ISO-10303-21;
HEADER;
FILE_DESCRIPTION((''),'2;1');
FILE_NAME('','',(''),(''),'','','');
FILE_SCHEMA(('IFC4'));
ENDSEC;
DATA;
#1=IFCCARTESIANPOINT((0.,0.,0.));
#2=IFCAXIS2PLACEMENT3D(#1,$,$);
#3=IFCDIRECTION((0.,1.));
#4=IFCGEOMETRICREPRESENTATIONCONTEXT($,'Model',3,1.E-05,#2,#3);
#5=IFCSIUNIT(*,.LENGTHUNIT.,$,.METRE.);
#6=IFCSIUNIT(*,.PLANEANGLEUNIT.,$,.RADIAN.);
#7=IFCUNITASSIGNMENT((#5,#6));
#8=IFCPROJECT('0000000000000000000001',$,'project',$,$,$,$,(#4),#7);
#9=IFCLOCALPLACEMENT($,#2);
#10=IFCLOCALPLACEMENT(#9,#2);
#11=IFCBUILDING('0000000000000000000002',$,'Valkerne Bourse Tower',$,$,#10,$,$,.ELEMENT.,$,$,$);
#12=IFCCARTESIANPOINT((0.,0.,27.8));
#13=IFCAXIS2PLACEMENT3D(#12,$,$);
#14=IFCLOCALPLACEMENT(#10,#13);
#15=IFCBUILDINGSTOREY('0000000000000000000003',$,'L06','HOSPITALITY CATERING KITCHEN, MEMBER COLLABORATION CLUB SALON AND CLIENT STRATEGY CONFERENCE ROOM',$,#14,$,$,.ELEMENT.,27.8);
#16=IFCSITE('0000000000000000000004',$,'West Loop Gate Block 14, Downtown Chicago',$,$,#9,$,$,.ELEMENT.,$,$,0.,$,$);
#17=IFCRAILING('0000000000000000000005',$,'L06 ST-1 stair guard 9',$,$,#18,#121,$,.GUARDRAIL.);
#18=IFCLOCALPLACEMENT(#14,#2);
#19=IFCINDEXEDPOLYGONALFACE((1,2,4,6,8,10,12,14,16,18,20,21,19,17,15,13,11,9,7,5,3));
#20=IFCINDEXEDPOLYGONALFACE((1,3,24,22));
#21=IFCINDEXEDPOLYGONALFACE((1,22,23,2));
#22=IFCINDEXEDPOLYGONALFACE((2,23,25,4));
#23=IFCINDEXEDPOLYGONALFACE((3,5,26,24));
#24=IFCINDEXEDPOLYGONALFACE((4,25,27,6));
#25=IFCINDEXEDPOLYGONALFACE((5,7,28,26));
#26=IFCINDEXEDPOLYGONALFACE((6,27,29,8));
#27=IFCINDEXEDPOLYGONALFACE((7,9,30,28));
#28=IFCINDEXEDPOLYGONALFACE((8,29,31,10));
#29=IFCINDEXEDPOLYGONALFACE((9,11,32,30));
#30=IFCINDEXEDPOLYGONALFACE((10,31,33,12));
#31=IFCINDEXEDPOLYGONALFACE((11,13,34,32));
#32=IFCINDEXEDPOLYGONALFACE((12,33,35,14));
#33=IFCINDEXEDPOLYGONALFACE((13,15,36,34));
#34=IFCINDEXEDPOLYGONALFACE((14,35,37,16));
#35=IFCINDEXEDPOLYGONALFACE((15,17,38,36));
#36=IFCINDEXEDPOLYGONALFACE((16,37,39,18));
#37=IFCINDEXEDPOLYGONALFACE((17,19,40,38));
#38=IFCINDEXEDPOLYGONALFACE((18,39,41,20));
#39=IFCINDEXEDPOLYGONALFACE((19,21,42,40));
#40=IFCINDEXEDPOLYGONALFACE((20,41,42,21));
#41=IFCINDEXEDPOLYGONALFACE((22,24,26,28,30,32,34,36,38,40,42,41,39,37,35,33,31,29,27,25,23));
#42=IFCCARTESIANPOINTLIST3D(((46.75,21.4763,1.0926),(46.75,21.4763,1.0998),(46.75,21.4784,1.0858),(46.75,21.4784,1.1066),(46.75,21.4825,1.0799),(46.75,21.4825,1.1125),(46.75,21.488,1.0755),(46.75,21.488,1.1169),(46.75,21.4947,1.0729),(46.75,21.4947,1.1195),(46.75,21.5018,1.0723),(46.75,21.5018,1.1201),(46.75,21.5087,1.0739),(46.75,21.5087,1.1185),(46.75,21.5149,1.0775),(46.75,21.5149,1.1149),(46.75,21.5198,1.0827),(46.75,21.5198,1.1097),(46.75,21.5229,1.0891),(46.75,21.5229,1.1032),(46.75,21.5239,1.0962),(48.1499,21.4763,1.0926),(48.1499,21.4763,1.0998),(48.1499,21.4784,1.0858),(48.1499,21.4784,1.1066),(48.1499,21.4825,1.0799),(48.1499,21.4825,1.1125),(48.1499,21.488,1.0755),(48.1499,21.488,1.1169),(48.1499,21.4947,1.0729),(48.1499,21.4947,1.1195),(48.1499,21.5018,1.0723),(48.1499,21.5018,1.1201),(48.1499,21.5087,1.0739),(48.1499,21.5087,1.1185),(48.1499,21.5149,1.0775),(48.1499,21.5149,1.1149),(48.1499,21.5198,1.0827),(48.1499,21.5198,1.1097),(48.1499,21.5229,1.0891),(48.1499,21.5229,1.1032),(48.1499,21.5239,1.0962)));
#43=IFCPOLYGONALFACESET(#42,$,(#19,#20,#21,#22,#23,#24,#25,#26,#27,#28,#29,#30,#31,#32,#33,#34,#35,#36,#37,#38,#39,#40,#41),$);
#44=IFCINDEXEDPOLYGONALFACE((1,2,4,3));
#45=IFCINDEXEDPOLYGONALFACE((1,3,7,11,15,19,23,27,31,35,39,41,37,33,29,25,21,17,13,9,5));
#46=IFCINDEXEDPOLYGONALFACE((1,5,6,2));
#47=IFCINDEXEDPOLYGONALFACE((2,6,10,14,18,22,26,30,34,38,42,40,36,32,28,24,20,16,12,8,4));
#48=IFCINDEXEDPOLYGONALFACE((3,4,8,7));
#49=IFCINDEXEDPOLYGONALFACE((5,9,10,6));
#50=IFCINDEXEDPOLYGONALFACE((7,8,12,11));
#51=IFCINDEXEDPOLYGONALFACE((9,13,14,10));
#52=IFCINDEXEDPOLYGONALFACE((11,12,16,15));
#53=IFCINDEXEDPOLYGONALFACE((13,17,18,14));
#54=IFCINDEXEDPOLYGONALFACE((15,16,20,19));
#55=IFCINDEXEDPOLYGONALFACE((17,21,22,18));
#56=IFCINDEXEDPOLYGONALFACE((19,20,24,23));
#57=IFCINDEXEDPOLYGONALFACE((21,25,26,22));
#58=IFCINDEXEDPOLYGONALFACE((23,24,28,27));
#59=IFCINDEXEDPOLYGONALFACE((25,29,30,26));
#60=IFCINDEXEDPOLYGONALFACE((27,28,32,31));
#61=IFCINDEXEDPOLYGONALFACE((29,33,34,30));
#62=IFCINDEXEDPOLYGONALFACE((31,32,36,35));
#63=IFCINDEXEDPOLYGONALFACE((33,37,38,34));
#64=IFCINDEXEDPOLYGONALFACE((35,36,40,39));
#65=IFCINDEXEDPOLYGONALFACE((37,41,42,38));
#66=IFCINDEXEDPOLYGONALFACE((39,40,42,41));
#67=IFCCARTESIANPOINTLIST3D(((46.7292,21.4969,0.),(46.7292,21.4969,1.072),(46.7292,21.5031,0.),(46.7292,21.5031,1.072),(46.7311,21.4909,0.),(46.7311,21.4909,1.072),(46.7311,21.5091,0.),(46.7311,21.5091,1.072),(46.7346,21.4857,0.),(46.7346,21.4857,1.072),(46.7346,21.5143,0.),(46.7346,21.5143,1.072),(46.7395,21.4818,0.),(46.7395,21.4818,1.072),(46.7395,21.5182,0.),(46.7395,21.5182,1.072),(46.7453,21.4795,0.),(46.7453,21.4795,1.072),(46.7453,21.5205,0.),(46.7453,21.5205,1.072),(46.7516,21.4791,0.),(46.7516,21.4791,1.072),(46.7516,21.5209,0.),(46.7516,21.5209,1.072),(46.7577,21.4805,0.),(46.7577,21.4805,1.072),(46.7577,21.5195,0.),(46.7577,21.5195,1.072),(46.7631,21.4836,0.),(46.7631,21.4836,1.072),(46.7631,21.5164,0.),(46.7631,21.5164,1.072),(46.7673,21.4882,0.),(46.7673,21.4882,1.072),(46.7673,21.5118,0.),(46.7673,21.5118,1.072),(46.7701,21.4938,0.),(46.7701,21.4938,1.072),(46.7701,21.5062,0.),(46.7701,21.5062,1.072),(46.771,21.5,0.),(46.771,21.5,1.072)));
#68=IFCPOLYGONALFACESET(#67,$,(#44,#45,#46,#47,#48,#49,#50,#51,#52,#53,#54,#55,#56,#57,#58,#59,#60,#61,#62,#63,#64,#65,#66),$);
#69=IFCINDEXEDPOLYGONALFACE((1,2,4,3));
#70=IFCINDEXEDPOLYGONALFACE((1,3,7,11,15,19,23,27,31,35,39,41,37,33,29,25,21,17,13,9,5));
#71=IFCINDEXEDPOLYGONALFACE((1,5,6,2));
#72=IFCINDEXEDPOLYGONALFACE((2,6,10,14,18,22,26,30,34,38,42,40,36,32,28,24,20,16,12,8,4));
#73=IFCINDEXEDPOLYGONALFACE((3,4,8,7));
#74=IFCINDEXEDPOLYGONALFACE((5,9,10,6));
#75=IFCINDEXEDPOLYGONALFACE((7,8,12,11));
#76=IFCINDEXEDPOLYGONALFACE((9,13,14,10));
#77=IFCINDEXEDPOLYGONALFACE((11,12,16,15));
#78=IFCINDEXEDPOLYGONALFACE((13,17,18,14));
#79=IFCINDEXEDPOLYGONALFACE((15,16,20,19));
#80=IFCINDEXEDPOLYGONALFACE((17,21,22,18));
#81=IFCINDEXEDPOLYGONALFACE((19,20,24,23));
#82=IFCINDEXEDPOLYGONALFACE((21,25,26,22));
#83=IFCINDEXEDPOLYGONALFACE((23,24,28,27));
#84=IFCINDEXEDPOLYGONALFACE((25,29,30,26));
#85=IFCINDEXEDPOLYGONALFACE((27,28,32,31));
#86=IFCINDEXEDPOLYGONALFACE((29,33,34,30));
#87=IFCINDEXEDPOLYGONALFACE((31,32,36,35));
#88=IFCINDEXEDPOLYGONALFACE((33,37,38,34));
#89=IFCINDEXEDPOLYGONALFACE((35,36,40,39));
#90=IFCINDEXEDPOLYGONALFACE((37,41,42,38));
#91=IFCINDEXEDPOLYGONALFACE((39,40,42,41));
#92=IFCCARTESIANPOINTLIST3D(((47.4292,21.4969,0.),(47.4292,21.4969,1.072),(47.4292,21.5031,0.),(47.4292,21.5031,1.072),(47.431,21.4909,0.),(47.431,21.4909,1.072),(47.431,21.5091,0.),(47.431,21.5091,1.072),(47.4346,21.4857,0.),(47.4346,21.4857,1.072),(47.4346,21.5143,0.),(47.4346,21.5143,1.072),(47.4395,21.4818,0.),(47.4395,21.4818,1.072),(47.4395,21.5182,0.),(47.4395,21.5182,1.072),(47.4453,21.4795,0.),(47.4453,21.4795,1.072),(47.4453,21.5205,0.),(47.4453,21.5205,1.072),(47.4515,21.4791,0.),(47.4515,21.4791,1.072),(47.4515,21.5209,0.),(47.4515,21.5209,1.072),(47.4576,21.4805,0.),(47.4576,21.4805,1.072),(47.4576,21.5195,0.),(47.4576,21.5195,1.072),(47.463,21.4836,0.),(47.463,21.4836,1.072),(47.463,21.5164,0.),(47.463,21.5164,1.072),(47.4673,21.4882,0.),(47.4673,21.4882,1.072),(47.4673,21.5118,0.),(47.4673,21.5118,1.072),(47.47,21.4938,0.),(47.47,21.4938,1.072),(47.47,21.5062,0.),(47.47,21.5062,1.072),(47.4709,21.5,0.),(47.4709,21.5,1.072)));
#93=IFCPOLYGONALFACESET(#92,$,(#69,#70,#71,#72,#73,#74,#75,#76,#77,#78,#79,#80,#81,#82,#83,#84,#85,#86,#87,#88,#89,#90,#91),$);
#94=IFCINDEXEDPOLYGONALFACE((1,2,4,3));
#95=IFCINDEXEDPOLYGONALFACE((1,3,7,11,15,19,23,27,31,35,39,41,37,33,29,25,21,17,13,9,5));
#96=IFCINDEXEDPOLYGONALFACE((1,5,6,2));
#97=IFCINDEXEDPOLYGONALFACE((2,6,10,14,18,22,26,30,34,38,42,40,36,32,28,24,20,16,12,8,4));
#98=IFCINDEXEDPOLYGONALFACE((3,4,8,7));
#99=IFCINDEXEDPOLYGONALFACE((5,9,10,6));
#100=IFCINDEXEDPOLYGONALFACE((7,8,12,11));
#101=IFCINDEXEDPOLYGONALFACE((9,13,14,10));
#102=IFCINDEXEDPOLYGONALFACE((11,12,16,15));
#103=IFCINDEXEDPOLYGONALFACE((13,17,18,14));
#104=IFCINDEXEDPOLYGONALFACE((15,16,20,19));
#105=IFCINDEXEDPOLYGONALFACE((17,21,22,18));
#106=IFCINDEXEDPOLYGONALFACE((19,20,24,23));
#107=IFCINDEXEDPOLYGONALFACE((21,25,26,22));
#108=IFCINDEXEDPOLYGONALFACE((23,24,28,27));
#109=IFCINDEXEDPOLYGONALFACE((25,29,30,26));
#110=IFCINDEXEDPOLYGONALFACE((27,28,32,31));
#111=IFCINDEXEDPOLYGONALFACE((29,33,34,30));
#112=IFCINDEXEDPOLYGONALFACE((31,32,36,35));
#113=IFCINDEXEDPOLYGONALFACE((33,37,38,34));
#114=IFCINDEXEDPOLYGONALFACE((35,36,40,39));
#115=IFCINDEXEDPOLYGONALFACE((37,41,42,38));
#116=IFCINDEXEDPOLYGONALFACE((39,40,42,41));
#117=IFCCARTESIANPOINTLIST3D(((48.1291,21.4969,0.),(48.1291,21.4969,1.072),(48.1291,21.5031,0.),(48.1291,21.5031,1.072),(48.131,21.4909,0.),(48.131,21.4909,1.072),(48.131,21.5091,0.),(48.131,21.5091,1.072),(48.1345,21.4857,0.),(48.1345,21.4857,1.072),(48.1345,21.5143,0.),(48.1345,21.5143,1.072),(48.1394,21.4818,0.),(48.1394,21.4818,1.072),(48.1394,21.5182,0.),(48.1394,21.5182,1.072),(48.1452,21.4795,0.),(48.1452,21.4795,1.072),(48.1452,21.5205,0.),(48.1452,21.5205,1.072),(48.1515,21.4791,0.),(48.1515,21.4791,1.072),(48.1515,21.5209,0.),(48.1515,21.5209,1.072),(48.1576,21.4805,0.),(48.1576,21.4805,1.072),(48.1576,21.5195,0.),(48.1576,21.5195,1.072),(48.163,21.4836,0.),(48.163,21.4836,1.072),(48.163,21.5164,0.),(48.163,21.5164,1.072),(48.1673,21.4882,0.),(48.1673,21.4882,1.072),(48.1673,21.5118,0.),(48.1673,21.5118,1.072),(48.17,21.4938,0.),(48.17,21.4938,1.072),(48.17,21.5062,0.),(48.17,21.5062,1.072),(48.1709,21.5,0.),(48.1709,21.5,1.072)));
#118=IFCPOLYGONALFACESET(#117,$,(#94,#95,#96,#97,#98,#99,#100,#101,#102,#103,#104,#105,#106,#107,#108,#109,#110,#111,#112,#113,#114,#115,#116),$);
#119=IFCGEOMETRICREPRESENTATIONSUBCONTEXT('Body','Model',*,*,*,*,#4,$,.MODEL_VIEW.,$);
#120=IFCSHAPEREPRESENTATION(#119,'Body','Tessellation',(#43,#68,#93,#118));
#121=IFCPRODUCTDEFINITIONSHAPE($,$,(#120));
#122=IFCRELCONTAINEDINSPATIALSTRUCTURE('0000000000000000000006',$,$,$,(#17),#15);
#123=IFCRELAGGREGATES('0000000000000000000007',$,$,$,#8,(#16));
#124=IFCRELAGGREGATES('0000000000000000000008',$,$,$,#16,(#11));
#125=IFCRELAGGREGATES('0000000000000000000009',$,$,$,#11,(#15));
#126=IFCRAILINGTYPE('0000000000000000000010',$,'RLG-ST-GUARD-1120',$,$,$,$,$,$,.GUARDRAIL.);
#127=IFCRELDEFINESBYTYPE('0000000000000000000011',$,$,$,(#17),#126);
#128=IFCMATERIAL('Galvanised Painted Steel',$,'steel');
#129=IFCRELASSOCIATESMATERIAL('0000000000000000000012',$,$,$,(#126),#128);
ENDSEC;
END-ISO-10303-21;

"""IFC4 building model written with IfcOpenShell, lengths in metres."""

from ifc_helpers import new_model, si_unit, direction, frame, origin, origin_2d, place, context, subcontext, project, spatial, circle, extrude, material, type_object, element, save


model = new_model("IFC4")

# Units and contexts
model_context = context("Model", 3, precision=1e-05, world=origin(), true_north=direction((0.0, 1.0)))
body_context = subcontext(model_context, "Body", "Model", "MODEL_VIEW")
ifc_project = project(units=[si_unit("LENGTHUNIT", "METRE"), si_unit("PLANEANGLEUNIT", "RADIAN")], contexts=[model_context])

# Site, building, storey
site_placement = place(None, origin())
site = spatial("IfcSite", under=ifc_project, at=site_placement, Name="West Loop Gate Block 14, Downtown Chicago", CompositionType="ELEMENT", RefElevation=0.0)
building_placement = place(site_placement, origin())
building = spatial("IfcBuilding", under=site, at=building_placement, Name="Valkerne Bourse Tower", CompositionType="ELEMENT")
storey_placement = place(building_placement, frame((0.0, 0.0, 27.8)))
storey = spatial("IfcBuildingStorey", under=building, at=storey_placement, Name="L06", Description="HOSPITALITY CATERING KITCHEN, MEMBER COLLABORATION CLUB SALON AND CLIENT STRATEGY CONFERENCE ROOM", CompositionType="ELEMENT", Elevation=27.8)

# Shared definitions
ifc_material_1 = material(Name="Galvanised Painted Steel", Category="steel")

# Railing
railing_type_1 = type_object("IfcRailingType", Name="RLG-ST-GUARD-1120", PredefinedType="GUARDRAIL", material=ifc_material_1)
for number, where, name in (
    (1, (46.75, 21.5, 0.0), "L06 ST-1 stair guard 9"),
):
    element("IfcRailing", number, at=place(storey_placement, frame(where)), inside=storey, type_object=railing_type_1, Name=name, PredefinedType="GUARDRAIL", context=body_context, shape_type="SweptSolid", body=[
        extrude(circle(Radius=0.0239, at=origin_2d()), frame((0.0, 0.0, 1.0962), z_axis=(1.0, 0.0, 0.0), x_axis=(0.0, 1.0, 0.0)), (0.0, 0.0, 1.0), 1.3999),
        extrude(circle(Radius=0.021, at=origin_2d()), origin(), (0.0, 0.0, 1.0), 1.072),
        extrude(circle(Radius=0.021, at=origin_2d()), frame((0.7, 0.0, 0.0)), (0.0, 0.0, 1.0), 1.072),
        extrude(circle(Radius=0.021, at=origin_2d()), frame((1.3999, 0.0, 0.0)), (0.0, 0.0, 1.0), 1.072),
    ])

save(model, "model.ifc")
